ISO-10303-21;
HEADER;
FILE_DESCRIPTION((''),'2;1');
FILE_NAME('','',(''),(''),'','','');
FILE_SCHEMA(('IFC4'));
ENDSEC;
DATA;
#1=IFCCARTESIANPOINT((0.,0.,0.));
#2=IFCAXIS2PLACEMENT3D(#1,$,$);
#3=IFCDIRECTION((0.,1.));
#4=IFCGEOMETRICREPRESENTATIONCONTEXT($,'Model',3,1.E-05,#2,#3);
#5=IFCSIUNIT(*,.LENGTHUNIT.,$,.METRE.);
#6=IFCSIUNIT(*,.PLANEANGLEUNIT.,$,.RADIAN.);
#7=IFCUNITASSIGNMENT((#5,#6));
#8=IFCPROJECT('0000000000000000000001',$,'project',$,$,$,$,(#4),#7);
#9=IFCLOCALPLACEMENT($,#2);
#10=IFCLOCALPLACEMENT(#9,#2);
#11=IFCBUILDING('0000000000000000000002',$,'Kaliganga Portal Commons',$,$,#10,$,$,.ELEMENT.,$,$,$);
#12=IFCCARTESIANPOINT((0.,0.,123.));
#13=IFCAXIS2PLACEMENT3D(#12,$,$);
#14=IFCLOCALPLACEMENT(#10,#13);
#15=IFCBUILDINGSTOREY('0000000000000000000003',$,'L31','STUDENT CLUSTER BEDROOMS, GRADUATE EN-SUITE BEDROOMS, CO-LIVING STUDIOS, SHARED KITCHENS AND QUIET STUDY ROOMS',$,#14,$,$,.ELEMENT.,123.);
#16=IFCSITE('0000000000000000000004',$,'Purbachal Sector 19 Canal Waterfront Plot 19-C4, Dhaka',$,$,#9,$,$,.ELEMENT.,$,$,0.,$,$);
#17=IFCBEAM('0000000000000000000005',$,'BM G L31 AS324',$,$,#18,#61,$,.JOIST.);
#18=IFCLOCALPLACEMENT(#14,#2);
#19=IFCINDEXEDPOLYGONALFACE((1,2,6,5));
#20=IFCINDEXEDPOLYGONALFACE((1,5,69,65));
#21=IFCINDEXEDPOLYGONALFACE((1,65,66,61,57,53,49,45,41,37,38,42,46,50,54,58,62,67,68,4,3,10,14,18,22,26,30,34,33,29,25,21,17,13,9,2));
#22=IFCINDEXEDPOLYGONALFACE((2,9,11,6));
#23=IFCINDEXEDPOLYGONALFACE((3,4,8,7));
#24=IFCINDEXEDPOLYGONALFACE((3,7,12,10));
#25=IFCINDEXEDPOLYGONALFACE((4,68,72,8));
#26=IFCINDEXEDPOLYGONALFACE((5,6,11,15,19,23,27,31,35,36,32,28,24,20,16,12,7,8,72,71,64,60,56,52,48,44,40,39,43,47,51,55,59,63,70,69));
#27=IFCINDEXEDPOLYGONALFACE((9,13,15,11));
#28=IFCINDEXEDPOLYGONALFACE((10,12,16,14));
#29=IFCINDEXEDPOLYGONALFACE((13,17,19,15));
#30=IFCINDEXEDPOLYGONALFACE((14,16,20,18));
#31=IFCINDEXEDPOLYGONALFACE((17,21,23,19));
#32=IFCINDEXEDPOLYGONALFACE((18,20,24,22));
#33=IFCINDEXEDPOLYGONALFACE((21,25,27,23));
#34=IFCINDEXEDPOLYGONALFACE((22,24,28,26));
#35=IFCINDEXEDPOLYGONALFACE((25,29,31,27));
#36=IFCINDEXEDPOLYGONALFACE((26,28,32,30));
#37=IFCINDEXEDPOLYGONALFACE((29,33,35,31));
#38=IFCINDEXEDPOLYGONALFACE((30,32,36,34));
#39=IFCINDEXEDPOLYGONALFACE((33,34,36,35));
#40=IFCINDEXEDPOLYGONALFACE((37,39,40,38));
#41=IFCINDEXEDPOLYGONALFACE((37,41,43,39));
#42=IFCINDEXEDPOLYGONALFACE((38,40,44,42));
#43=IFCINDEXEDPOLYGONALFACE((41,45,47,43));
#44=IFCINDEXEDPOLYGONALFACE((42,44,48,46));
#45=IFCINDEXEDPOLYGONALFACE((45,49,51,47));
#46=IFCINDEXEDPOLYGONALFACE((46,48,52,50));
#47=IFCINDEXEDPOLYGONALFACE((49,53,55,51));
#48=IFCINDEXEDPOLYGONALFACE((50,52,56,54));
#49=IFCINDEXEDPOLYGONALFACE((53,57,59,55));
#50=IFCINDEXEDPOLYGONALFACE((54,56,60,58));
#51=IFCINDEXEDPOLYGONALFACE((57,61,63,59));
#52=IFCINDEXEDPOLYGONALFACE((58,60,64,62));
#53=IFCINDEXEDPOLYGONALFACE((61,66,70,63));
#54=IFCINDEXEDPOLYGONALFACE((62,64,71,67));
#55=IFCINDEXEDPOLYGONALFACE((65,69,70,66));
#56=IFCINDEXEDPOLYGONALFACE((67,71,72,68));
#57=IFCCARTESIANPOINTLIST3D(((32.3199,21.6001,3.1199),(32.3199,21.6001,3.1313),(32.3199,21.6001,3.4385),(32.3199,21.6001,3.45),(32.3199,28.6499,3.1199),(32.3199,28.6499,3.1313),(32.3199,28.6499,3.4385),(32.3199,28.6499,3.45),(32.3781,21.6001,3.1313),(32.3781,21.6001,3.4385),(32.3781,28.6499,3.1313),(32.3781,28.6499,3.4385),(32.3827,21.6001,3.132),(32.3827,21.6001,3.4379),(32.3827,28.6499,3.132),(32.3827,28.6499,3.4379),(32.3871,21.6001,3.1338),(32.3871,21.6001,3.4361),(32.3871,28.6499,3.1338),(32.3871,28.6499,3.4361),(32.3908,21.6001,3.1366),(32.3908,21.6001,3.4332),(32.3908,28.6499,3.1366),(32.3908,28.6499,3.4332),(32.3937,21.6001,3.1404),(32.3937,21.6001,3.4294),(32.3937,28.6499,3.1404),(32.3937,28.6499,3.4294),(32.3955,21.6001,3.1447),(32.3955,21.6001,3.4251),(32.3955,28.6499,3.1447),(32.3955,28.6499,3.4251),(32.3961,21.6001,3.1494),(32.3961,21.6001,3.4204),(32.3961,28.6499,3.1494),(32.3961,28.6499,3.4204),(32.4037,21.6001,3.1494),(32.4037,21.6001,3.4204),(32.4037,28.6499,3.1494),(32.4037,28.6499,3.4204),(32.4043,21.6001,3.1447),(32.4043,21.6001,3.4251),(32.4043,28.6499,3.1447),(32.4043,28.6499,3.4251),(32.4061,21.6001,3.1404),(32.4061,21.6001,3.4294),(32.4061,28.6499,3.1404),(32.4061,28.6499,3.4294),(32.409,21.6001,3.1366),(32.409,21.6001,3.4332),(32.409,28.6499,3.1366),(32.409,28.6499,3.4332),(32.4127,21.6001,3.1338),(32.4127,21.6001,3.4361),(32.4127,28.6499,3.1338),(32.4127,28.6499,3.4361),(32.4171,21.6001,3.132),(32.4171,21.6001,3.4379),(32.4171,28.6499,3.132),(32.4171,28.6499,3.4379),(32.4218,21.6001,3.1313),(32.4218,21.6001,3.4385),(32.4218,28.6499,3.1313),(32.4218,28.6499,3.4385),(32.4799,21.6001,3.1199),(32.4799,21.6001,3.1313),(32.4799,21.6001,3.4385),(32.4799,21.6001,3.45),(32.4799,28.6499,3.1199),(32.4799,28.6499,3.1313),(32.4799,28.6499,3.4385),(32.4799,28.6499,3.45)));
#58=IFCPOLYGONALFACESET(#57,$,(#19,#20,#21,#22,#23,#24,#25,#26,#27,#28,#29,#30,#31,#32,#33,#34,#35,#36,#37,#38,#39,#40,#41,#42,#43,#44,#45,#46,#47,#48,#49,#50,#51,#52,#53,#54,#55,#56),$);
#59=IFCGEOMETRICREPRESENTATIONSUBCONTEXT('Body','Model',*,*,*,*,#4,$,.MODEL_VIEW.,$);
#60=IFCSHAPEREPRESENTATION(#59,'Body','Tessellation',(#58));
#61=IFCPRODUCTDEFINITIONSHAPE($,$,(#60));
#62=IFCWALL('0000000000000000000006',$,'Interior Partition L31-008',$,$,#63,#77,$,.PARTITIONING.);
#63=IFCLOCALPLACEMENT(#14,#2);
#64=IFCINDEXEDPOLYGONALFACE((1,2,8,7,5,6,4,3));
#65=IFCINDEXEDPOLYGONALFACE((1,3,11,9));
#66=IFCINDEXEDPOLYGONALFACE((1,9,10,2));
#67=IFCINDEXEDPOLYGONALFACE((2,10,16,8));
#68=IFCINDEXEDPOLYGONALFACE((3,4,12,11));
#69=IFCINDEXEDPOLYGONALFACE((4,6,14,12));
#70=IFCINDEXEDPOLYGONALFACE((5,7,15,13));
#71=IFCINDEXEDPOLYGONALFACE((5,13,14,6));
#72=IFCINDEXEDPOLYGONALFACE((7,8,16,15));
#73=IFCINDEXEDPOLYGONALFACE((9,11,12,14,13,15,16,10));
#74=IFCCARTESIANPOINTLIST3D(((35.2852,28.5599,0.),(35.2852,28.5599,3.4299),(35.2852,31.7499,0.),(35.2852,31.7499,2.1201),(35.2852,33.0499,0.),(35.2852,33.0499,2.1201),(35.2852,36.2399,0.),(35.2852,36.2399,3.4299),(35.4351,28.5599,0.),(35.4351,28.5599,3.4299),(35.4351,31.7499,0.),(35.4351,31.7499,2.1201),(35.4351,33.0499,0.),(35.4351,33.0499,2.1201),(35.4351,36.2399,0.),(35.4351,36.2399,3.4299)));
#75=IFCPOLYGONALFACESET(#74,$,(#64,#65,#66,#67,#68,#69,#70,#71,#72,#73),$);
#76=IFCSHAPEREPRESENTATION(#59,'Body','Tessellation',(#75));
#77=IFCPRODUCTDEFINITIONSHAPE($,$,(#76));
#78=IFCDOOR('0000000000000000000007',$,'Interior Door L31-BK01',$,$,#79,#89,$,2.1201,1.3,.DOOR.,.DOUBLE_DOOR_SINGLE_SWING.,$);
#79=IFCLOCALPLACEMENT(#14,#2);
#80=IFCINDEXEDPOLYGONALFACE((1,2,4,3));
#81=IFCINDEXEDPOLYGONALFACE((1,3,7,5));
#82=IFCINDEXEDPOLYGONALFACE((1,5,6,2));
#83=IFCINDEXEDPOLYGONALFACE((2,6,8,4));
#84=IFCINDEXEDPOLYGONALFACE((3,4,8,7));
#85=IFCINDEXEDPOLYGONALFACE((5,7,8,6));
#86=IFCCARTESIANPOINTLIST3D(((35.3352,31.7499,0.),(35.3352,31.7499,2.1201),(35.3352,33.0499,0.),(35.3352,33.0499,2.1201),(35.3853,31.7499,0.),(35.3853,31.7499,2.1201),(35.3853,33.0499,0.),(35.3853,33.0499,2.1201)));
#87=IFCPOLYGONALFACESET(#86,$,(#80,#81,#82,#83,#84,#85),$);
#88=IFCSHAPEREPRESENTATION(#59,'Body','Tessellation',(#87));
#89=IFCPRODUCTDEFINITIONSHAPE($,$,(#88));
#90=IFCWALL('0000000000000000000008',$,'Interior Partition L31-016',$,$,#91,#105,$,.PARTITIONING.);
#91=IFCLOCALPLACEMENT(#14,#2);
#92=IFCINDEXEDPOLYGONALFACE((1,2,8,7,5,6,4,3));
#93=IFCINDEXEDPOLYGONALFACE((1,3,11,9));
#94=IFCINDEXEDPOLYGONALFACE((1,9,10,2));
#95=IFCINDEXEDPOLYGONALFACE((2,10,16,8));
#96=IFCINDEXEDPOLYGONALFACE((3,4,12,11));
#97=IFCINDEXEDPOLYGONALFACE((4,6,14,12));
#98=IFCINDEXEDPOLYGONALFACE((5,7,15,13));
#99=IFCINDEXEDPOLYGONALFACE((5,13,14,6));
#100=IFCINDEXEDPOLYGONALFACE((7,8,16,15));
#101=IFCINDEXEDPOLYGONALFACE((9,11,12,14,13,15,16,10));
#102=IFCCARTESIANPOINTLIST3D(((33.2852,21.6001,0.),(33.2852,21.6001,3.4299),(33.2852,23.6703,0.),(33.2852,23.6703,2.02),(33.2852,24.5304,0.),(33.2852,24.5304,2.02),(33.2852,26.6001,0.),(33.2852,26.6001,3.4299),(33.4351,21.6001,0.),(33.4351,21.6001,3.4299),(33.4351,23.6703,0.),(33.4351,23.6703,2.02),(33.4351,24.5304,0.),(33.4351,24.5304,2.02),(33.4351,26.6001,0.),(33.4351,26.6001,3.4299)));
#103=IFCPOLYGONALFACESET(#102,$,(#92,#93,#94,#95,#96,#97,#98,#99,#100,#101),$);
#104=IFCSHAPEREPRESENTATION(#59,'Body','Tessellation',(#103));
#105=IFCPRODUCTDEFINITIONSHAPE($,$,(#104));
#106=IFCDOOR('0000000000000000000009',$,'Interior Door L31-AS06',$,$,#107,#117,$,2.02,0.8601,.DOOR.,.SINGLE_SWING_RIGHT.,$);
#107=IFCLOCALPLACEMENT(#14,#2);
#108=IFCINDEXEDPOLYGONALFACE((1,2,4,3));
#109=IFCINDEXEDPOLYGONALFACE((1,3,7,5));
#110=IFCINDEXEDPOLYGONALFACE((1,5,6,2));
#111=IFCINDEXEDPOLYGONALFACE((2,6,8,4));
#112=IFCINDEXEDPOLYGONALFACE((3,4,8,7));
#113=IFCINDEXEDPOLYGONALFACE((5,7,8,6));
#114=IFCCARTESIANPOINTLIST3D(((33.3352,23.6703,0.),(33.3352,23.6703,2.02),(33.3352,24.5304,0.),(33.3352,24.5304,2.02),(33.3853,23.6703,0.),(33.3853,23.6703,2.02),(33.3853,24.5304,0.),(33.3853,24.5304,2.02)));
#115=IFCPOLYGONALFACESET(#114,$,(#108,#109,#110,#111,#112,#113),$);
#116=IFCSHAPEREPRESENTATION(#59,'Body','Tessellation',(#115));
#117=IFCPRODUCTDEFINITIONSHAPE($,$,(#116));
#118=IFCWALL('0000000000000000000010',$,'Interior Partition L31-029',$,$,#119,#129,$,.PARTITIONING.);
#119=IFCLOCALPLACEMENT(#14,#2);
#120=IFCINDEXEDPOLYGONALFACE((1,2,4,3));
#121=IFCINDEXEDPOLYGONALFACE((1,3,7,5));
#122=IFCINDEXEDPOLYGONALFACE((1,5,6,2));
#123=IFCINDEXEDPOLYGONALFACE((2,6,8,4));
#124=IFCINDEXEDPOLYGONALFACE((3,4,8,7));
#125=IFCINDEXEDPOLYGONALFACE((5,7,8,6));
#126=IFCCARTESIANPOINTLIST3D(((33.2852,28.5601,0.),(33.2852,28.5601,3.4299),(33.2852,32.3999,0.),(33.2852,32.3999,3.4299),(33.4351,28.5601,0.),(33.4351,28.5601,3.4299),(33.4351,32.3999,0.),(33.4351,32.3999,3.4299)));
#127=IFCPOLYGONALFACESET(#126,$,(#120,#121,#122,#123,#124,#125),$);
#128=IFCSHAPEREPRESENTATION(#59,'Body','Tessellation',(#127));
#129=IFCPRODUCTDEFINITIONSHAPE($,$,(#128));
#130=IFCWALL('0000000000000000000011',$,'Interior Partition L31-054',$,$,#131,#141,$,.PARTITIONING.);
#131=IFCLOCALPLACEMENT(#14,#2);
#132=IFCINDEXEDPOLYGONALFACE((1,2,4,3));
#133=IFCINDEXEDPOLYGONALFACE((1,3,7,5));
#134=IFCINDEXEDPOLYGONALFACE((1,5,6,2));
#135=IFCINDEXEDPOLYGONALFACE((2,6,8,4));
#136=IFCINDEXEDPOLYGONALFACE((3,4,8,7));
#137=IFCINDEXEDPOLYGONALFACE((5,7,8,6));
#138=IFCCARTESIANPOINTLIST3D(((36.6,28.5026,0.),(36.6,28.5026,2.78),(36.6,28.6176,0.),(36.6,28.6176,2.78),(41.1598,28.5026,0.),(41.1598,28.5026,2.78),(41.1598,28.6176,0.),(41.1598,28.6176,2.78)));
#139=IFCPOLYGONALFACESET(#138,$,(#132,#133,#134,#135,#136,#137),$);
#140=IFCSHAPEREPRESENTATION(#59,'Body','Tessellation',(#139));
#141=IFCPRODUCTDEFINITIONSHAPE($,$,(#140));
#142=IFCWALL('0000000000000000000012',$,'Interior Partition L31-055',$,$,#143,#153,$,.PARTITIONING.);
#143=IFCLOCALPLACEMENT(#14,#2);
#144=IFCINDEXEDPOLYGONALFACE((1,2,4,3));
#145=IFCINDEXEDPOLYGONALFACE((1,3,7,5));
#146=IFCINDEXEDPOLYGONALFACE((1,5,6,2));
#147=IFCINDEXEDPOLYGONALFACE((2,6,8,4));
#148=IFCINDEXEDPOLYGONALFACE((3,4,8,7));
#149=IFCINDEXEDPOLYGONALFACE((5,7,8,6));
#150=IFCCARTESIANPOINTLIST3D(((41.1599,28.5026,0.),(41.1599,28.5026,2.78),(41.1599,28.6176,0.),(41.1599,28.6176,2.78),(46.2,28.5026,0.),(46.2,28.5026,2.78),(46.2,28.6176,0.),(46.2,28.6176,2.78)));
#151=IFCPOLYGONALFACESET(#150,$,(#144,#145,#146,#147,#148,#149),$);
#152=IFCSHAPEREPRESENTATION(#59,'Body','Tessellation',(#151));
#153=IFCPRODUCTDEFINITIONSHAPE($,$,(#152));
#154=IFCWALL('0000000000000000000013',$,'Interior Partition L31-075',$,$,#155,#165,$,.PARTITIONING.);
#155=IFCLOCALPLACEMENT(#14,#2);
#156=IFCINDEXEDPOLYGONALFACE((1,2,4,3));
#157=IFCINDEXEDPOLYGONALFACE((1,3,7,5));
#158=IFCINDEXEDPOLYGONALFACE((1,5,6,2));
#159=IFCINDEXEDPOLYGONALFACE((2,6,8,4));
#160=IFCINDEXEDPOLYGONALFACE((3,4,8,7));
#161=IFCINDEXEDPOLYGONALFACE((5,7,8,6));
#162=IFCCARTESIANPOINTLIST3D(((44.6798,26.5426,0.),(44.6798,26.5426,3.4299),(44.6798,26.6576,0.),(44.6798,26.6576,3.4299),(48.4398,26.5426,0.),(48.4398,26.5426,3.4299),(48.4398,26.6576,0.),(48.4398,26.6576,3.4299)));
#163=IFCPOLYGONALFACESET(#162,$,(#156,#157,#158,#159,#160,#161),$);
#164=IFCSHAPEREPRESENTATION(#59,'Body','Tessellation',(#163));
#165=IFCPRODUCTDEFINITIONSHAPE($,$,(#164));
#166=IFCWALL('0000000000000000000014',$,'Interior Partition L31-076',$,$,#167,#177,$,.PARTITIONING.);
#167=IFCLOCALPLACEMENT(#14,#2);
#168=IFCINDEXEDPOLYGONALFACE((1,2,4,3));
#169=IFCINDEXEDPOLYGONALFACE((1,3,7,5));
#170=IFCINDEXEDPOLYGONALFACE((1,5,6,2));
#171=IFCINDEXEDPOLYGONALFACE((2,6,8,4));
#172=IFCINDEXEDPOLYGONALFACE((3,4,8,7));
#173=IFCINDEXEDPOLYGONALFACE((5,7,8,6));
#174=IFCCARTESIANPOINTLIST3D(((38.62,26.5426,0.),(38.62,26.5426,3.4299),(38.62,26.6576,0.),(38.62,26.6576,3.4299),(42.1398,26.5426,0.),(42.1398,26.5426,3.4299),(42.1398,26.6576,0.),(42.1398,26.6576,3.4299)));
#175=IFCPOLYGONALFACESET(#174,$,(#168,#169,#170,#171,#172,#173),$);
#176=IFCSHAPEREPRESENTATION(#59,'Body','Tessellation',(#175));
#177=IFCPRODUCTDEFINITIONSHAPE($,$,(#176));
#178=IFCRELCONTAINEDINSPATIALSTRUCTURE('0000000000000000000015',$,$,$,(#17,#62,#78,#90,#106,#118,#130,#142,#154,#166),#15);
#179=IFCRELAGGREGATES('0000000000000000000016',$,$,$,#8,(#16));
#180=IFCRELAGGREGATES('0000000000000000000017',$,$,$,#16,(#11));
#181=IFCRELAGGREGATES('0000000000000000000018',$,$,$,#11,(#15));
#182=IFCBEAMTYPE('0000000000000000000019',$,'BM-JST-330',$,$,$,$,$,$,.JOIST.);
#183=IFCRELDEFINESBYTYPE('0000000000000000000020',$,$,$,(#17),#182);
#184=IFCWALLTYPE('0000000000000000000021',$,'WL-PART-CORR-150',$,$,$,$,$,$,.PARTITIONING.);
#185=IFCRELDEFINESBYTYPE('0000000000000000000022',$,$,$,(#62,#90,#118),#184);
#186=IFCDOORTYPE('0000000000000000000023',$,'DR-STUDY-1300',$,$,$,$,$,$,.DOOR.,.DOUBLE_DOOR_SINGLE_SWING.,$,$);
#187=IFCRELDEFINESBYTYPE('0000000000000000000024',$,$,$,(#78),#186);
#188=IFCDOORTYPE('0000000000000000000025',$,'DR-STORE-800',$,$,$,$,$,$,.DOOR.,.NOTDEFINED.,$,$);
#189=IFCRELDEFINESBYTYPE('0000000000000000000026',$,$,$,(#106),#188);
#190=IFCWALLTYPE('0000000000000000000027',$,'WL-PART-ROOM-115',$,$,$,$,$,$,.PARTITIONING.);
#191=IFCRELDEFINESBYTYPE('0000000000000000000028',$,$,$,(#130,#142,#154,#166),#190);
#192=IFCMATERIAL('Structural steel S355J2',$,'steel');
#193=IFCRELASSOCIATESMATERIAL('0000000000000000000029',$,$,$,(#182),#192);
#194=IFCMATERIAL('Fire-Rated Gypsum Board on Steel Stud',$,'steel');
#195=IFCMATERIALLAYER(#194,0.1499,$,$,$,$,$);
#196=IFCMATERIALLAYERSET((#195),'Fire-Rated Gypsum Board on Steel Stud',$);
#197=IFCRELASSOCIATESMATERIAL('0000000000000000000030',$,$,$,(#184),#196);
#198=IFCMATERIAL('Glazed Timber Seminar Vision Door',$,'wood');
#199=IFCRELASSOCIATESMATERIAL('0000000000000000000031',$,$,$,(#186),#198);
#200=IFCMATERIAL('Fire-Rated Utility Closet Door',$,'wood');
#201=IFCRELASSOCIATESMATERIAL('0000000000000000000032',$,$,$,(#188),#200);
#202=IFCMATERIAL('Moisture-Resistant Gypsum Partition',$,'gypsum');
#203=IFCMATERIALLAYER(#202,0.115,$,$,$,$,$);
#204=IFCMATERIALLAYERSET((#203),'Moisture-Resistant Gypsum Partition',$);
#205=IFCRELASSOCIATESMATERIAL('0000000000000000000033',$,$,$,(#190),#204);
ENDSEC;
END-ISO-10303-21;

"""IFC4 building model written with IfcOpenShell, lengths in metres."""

from ifc_helpers import new_model, si_unit, direction, frame, frame_2d, origin, origin_2d, place, context, subcontext, project, spatial, rectangle, i_section, extrude, source, transform, mapped, material, layer, layer_set, material_profile, profile_set, type_object, element, fill, save


model = new_model("IFC4")

# Units and contexts
model_context = context("Model", 3, precision=1e-05, world=origin(), true_north=direction((0.0, 1.0)))
body_context = subcontext(model_context, "Body", "Model", "MODEL_VIEW")
ifc_project = project(units=[si_unit("LENGTHUNIT", "METRE"), si_unit("PLANEANGLEUNIT", "RADIAN")], contexts=[model_context])

# Site, building, storey
site_placement = place(None, origin())
site = spatial("IfcSite", under=ifc_project, at=site_placement, Name="Purbachal Sector 19 Canal Waterfront Plot 19-C4, Dhaka", CompositionType="ELEMENT", RefElevation=0.0)
building_placement = place(site_placement, origin())
building = spatial("IfcBuilding", under=site, at=building_placement, Name="Kaliganga Portal Commons", CompositionType="ELEMENT")
storey_placement = place(building_placement, frame((0.0, 0.0, 123.0)))
storey = spatial("IfcBuildingStorey", under=building, at=storey_placement, Name="L31", Description="STUDENT CLUSTER BEDROOMS, GRADUATE EN-SUITE BEDROOMS, CO-LIVING STUDIOS, SHARED KITCHENS AND QUIET STUDY ROOMS", CompositionType="ELEMENT", Elevation=123.0)

# Beam
ifc_material_1 = material(Name="Structural steel S355J2", Category="steel")
ifc_material_profile_1 = material_profile(ifc_material_1, i_section(OverallWidth=0.1599, OverallDepth=0.3301, WebThickness=0.0076, FlangeThickness=0.0115, FilletRadius=0.0181, at=origin_2d()), Name="IPE 330")
ifc_profile_set_1 = profile_set([ifc_material_profile_1], Name="Structural steel S355J2 wide-flange")
beam_type_1 = type_object("IfcBeamType", Name="BM-JST-330", PredefinedType="JOIST", material=ifc_profile_set_1)
shared_shape_1 = source(origin(), body_context, "Body", "SweptSolid", [
    extrude(i_section(OverallWidth=0.1599, OverallDepth=0.3301, WebThickness=0.0076, FlangeThickness=0.0115, FilletRadius=0.0181, at=origin_2d()), origin(), (0.0, 0.0, 1.0), 7.0498),
])
beam_1_placement = place(storey_placement, frame((32.3999, 21.6001, 3.2849), z_axis=(0.0, 1.0, 0.0), x_axis=(-1.0, 0.0, 0.0)))
element("IfcBeam", 1, at=beam_1_placement, inside=storey, type_object=beam_type_1, Name="BM G L31 AS324", PredefinedType="JOIST", context=body_context, shape_type="MappedRepresentation", body=[
    mapped(shared_shape_1, transform((0.0, 0.0, 0.0), x_axis=(1.0, 0.0, 0.0), y_axis=(0.0, 1.0, 0.0), z_axis=(0.0, 0.0, 1.0), scale=1.0)),
])

# Walls, openings, doors
ifc_material_2 = material(Name="Fire-Rated Gypsum Board on Steel Stud", Category="steel")
ifc_layer_1 = layer(ifc_material_2, 0.1499)
ifc_layer_set_1 = layer_set([ifc_layer_1], Name="Fire-Rated Gypsum Board on Steel Stud")
wall_type_1 = type_object("IfcWallType", Name="WL-PART-CORR-150", PredefinedType="PARTITIONING", material=ifc_layer_set_1)
wall_1_placement = place(storey_placement, frame((35.3601, 28.5601, 0.0), z_axis=(0.0, 0.0, 1.0), x_axis=(0.0, 1.0, 0.0)))
wall_1 = element("IfcWall", 2, at=wall_1_placement, inside=storey, type_object=wall_type_1, Name="Interior Partition L31-008", PredefinedType="PARTITIONING", context=body_context, shape_type="SweptSolid", body=[
    extrude(rectangle(XDim=7.6799, YDim=0.1499, at=frame_2d((3.8398, 0.0))), origin(), (0.0, 0.0, 1.0), 3.4299),
])
opening_1_placement = place(wall_1_placement, frame((3.1899, 0.0, 0.0)))
opening_1 = element("IfcOpeningElement", 3, at=opening_1_placement, cuts=wall_1, PredefinedType="OPENING", context=body_context, shape_type="SweptSolid", body=[
    extrude(rectangle(XDim=1.3, YDim=2.1201, at=frame_2d((0.6499, 1.0601))), frame((0.0, 0.085, 0.0), z_axis=(0.0, -1.0, 0.0), x_axis=(1.0, 0.0, 0.0)), (0.0, 0.0, 1.0), 0.1699),
])
ifc_material_3 = material(Name="Glazed Timber Seminar Vision Door", Category="wood")
door_type_1 = type_object("IfcDoorType", Name="DR-STUDY-1300", OperationType="DOUBLE_DOOR_SINGLE_SWING", PredefinedType="DOOR", material=ifc_material_3)
door_1_placement = place(opening_1_placement, origin())
door_1 = element("IfcDoor", 4, at=door_1_placement, inside=storey, type_object=door_type_1, Name="Interior Door L31-BK01", OperationType="DOUBLE_DOOR_SINGLE_SWING", OverallHeight=2.1201, OverallWidth=1.3, PredefinedType="DOOR", context=body_context, shape_type="SweptSolid", body=[
    extrude(rectangle(XDim=1.3, YDim=2.1201, at=frame_2d((0.6499, 1.0601))), frame((0.0, 0.0249, 0.0), z_axis=(0.0, -1.0, 0.0), x_axis=(1.0, 0.0, 0.0)), (0.0, 0.0, 1.0), 0.05),
])
fill(opening_1, door_1)
wall_2_placement = place(storey_placement, frame((33.3601, 21.6001, 0.0), z_axis=(0.0, 0.0, 1.0), x_axis=(0.0, 1.0, 0.0)))
wall_2 = element("IfcWall", 5, at=wall_2_placement, inside=storey, type_object=wall_type_1, Name="Interior Partition L31-016", PredefinedType="PARTITIONING", context=body_context, shape_type="SweptSolid", body=[
    extrude(rectangle(XDim=5.0, YDim=0.1499, at=frame_2d((2.5, 0.0))), origin(), (0.0, 0.0, 1.0), 3.4299),
])
opening_2_placement = place(wall_2_placement, frame((2.0701, 0.0, 0.0)))
opening_2 = element("IfcOpeningElement", 6, at=opening_2_placement, cuts=wall_2, PredefinedType="OPENING", context=body_context, shape_type="SweptSolid", body=[
    extrude(rectangle(XDim=0.8601, YDim=2.02, at=frame_2d((0.4302, 1.01))), frame((0.0, 0.085, 0.0), z_axis=(0.0, -1.0, 0.0), x_axis=(1.0, 0.0, 0.0)), (0.0, 0.0, 1.0), 0.1699),
])
ifc_material_4 = material(Name="Fire-Rated Utility Closet Door", Category="wood")
door_type_2 = type_object("IfcDoorType", Name="DR-STORE-800", OperationType="NOTDEFINED", PredefinedType="DOOR", material=ifc_material_4)
door_2_placement = place(opening_2_placement, origin())
door_2 = element("IfcDoor", 7, at=door_2_placement, inside=storey, type_object=door_type_2, Name="Interior Door L31-AS06", OperationType="SINGLE_SWING_RIGHT", OverallHeight=2.02, OverallWidth=0.8601, PredefinedType="DOOR", context=body_context, shape_type="SweptSolid", body=[
    extrude(rectangle(XDim=0.8601, YDim=2.02, at=frame_2d((0.4302, 1.01))), frame((0.0, 0.0249, 0.0), z_axis=(0.0, -1.0, 0.0), x_axis=(1.0, 0.0, 0.0)), (0.0, 0.0, 1.0), 0.05),
])
fill(opening_2, door_2)

# Walls
wall_3_placement = place(storey_placement, frame((33.3601, 28.5601, 0.0), z_axis=(0.0, 0.0, 1.0), x_axis=(0.0, 1.0, 0.0)))
element("IfcWall", 8, at=wall_3_placement, inside=storey, type_object=wall_type_1, Name="Interior Partition L31-029", PredefinedType="PARTITIONING", context=body_context, shape_type="SweptSolid", body=[
    extrude(rectangle(XDim=3.8398, YDim=0.1499, at=frame_2d((1.9199, 0.0))), origin(), (0.0, 0.0, 1.0), 3.4299),
])
ifc_material_5 = material(Name="Moisture-Resistant Gypsum Partition", Category="gypsum")
ifc_layer_2 = layer(ifc_material_5, 0.115)
ifc_layer_set_2 = layer_set([ifc_layer_2], Name="Moisture-Resistant Gypsum Partition")
wall_type_2 = type_object("IfcWallType", Name="WL-PART-ROOM-115", PredefinedType="PARTITIONING", material=ifc_layer_set_2)
wall_4_placement = place(storey_placement, frame((36.6001, 28.5601, 0.0), z_axis=(0.0, 0.0, 1.0), x_axis=(1.0, 0.0, 0.0)))
element("IfcWall", 9, at=wall_4_placement, inside=storey, type_object=wall_type_2, Name="Interior Partition L31-054", PredefinedType="PARTITIONING", context=body_context, shape_type="SweptSolid", body=[
    extrude(rectangle(XDim=4.5598, YDim=0.115, at=frame_2d((2.2798, 0.0))), origin(), (0.0, 0.0, 1.0), 2.78),
])
wall_5_placement = place(storey_placement, frame((41.1599, 28.5601, 0.0), z_axis=(0.0, 0.0, 1.0), x_axis=(1.0, 0.0, 0.0)))
element("IfcWall", 10, at=wall_5_placement, inside=storey, type_object=wall_type_2, Name="Interior Partition L31-055", PredefinedType="PARTITIONING", context=body_context, shape_type="SweptSolid", body=[
    extrude(rectangle(XDim=5.04, YDim=0.115, at=frame_2d((2.52, 0.0))), origin(), (0.0, 0.0, 1.0), 2.78),
])
wall_6_placement = place(storey_placement, frame((44.6799, 26.6001, 0.0), z_axis=(0.0, 0.0, 1.0), x_axis=(1.0, 0.0, 0.0)))
element("IfcWall", 11, at=wall_6_placement, inside=storey, type_object=wall_type_2, Name="Interior Partition L31-075", PredefinedType="PARTITIONING", context=body_context, shape_type="SweptSolid", body=[
    extrude(rectangle(XDim=3.76, YDim=0.115, at=frame_2d((1.8799, 0.0))), origin(), (0.0, 0.0, 1.0), 3.4299),
])
wall_7_placement = place(storey_placement, frame((38.6201, 26.6001, 0.0), z_axis=(0.0, 0.0, 1.0), x_axis=(1.0, 0.0, 0.0)))
element("IfcWall", 12, at=wall_7_placement, inside=storey, type_object=wall_type_2, Name="Interior Partition L31-076", PredefinedType="PARTITIONING", context=body_context, shape_type="SweptSolid", body=[
    extrude(rectangle(XDim=3.5198, YDim=0.115, at=frame_2d((1.7598, 0.0))), origin(), (0.0, 0.0, 1.0), 3.4299),
])

save(model, "model.ifc")
